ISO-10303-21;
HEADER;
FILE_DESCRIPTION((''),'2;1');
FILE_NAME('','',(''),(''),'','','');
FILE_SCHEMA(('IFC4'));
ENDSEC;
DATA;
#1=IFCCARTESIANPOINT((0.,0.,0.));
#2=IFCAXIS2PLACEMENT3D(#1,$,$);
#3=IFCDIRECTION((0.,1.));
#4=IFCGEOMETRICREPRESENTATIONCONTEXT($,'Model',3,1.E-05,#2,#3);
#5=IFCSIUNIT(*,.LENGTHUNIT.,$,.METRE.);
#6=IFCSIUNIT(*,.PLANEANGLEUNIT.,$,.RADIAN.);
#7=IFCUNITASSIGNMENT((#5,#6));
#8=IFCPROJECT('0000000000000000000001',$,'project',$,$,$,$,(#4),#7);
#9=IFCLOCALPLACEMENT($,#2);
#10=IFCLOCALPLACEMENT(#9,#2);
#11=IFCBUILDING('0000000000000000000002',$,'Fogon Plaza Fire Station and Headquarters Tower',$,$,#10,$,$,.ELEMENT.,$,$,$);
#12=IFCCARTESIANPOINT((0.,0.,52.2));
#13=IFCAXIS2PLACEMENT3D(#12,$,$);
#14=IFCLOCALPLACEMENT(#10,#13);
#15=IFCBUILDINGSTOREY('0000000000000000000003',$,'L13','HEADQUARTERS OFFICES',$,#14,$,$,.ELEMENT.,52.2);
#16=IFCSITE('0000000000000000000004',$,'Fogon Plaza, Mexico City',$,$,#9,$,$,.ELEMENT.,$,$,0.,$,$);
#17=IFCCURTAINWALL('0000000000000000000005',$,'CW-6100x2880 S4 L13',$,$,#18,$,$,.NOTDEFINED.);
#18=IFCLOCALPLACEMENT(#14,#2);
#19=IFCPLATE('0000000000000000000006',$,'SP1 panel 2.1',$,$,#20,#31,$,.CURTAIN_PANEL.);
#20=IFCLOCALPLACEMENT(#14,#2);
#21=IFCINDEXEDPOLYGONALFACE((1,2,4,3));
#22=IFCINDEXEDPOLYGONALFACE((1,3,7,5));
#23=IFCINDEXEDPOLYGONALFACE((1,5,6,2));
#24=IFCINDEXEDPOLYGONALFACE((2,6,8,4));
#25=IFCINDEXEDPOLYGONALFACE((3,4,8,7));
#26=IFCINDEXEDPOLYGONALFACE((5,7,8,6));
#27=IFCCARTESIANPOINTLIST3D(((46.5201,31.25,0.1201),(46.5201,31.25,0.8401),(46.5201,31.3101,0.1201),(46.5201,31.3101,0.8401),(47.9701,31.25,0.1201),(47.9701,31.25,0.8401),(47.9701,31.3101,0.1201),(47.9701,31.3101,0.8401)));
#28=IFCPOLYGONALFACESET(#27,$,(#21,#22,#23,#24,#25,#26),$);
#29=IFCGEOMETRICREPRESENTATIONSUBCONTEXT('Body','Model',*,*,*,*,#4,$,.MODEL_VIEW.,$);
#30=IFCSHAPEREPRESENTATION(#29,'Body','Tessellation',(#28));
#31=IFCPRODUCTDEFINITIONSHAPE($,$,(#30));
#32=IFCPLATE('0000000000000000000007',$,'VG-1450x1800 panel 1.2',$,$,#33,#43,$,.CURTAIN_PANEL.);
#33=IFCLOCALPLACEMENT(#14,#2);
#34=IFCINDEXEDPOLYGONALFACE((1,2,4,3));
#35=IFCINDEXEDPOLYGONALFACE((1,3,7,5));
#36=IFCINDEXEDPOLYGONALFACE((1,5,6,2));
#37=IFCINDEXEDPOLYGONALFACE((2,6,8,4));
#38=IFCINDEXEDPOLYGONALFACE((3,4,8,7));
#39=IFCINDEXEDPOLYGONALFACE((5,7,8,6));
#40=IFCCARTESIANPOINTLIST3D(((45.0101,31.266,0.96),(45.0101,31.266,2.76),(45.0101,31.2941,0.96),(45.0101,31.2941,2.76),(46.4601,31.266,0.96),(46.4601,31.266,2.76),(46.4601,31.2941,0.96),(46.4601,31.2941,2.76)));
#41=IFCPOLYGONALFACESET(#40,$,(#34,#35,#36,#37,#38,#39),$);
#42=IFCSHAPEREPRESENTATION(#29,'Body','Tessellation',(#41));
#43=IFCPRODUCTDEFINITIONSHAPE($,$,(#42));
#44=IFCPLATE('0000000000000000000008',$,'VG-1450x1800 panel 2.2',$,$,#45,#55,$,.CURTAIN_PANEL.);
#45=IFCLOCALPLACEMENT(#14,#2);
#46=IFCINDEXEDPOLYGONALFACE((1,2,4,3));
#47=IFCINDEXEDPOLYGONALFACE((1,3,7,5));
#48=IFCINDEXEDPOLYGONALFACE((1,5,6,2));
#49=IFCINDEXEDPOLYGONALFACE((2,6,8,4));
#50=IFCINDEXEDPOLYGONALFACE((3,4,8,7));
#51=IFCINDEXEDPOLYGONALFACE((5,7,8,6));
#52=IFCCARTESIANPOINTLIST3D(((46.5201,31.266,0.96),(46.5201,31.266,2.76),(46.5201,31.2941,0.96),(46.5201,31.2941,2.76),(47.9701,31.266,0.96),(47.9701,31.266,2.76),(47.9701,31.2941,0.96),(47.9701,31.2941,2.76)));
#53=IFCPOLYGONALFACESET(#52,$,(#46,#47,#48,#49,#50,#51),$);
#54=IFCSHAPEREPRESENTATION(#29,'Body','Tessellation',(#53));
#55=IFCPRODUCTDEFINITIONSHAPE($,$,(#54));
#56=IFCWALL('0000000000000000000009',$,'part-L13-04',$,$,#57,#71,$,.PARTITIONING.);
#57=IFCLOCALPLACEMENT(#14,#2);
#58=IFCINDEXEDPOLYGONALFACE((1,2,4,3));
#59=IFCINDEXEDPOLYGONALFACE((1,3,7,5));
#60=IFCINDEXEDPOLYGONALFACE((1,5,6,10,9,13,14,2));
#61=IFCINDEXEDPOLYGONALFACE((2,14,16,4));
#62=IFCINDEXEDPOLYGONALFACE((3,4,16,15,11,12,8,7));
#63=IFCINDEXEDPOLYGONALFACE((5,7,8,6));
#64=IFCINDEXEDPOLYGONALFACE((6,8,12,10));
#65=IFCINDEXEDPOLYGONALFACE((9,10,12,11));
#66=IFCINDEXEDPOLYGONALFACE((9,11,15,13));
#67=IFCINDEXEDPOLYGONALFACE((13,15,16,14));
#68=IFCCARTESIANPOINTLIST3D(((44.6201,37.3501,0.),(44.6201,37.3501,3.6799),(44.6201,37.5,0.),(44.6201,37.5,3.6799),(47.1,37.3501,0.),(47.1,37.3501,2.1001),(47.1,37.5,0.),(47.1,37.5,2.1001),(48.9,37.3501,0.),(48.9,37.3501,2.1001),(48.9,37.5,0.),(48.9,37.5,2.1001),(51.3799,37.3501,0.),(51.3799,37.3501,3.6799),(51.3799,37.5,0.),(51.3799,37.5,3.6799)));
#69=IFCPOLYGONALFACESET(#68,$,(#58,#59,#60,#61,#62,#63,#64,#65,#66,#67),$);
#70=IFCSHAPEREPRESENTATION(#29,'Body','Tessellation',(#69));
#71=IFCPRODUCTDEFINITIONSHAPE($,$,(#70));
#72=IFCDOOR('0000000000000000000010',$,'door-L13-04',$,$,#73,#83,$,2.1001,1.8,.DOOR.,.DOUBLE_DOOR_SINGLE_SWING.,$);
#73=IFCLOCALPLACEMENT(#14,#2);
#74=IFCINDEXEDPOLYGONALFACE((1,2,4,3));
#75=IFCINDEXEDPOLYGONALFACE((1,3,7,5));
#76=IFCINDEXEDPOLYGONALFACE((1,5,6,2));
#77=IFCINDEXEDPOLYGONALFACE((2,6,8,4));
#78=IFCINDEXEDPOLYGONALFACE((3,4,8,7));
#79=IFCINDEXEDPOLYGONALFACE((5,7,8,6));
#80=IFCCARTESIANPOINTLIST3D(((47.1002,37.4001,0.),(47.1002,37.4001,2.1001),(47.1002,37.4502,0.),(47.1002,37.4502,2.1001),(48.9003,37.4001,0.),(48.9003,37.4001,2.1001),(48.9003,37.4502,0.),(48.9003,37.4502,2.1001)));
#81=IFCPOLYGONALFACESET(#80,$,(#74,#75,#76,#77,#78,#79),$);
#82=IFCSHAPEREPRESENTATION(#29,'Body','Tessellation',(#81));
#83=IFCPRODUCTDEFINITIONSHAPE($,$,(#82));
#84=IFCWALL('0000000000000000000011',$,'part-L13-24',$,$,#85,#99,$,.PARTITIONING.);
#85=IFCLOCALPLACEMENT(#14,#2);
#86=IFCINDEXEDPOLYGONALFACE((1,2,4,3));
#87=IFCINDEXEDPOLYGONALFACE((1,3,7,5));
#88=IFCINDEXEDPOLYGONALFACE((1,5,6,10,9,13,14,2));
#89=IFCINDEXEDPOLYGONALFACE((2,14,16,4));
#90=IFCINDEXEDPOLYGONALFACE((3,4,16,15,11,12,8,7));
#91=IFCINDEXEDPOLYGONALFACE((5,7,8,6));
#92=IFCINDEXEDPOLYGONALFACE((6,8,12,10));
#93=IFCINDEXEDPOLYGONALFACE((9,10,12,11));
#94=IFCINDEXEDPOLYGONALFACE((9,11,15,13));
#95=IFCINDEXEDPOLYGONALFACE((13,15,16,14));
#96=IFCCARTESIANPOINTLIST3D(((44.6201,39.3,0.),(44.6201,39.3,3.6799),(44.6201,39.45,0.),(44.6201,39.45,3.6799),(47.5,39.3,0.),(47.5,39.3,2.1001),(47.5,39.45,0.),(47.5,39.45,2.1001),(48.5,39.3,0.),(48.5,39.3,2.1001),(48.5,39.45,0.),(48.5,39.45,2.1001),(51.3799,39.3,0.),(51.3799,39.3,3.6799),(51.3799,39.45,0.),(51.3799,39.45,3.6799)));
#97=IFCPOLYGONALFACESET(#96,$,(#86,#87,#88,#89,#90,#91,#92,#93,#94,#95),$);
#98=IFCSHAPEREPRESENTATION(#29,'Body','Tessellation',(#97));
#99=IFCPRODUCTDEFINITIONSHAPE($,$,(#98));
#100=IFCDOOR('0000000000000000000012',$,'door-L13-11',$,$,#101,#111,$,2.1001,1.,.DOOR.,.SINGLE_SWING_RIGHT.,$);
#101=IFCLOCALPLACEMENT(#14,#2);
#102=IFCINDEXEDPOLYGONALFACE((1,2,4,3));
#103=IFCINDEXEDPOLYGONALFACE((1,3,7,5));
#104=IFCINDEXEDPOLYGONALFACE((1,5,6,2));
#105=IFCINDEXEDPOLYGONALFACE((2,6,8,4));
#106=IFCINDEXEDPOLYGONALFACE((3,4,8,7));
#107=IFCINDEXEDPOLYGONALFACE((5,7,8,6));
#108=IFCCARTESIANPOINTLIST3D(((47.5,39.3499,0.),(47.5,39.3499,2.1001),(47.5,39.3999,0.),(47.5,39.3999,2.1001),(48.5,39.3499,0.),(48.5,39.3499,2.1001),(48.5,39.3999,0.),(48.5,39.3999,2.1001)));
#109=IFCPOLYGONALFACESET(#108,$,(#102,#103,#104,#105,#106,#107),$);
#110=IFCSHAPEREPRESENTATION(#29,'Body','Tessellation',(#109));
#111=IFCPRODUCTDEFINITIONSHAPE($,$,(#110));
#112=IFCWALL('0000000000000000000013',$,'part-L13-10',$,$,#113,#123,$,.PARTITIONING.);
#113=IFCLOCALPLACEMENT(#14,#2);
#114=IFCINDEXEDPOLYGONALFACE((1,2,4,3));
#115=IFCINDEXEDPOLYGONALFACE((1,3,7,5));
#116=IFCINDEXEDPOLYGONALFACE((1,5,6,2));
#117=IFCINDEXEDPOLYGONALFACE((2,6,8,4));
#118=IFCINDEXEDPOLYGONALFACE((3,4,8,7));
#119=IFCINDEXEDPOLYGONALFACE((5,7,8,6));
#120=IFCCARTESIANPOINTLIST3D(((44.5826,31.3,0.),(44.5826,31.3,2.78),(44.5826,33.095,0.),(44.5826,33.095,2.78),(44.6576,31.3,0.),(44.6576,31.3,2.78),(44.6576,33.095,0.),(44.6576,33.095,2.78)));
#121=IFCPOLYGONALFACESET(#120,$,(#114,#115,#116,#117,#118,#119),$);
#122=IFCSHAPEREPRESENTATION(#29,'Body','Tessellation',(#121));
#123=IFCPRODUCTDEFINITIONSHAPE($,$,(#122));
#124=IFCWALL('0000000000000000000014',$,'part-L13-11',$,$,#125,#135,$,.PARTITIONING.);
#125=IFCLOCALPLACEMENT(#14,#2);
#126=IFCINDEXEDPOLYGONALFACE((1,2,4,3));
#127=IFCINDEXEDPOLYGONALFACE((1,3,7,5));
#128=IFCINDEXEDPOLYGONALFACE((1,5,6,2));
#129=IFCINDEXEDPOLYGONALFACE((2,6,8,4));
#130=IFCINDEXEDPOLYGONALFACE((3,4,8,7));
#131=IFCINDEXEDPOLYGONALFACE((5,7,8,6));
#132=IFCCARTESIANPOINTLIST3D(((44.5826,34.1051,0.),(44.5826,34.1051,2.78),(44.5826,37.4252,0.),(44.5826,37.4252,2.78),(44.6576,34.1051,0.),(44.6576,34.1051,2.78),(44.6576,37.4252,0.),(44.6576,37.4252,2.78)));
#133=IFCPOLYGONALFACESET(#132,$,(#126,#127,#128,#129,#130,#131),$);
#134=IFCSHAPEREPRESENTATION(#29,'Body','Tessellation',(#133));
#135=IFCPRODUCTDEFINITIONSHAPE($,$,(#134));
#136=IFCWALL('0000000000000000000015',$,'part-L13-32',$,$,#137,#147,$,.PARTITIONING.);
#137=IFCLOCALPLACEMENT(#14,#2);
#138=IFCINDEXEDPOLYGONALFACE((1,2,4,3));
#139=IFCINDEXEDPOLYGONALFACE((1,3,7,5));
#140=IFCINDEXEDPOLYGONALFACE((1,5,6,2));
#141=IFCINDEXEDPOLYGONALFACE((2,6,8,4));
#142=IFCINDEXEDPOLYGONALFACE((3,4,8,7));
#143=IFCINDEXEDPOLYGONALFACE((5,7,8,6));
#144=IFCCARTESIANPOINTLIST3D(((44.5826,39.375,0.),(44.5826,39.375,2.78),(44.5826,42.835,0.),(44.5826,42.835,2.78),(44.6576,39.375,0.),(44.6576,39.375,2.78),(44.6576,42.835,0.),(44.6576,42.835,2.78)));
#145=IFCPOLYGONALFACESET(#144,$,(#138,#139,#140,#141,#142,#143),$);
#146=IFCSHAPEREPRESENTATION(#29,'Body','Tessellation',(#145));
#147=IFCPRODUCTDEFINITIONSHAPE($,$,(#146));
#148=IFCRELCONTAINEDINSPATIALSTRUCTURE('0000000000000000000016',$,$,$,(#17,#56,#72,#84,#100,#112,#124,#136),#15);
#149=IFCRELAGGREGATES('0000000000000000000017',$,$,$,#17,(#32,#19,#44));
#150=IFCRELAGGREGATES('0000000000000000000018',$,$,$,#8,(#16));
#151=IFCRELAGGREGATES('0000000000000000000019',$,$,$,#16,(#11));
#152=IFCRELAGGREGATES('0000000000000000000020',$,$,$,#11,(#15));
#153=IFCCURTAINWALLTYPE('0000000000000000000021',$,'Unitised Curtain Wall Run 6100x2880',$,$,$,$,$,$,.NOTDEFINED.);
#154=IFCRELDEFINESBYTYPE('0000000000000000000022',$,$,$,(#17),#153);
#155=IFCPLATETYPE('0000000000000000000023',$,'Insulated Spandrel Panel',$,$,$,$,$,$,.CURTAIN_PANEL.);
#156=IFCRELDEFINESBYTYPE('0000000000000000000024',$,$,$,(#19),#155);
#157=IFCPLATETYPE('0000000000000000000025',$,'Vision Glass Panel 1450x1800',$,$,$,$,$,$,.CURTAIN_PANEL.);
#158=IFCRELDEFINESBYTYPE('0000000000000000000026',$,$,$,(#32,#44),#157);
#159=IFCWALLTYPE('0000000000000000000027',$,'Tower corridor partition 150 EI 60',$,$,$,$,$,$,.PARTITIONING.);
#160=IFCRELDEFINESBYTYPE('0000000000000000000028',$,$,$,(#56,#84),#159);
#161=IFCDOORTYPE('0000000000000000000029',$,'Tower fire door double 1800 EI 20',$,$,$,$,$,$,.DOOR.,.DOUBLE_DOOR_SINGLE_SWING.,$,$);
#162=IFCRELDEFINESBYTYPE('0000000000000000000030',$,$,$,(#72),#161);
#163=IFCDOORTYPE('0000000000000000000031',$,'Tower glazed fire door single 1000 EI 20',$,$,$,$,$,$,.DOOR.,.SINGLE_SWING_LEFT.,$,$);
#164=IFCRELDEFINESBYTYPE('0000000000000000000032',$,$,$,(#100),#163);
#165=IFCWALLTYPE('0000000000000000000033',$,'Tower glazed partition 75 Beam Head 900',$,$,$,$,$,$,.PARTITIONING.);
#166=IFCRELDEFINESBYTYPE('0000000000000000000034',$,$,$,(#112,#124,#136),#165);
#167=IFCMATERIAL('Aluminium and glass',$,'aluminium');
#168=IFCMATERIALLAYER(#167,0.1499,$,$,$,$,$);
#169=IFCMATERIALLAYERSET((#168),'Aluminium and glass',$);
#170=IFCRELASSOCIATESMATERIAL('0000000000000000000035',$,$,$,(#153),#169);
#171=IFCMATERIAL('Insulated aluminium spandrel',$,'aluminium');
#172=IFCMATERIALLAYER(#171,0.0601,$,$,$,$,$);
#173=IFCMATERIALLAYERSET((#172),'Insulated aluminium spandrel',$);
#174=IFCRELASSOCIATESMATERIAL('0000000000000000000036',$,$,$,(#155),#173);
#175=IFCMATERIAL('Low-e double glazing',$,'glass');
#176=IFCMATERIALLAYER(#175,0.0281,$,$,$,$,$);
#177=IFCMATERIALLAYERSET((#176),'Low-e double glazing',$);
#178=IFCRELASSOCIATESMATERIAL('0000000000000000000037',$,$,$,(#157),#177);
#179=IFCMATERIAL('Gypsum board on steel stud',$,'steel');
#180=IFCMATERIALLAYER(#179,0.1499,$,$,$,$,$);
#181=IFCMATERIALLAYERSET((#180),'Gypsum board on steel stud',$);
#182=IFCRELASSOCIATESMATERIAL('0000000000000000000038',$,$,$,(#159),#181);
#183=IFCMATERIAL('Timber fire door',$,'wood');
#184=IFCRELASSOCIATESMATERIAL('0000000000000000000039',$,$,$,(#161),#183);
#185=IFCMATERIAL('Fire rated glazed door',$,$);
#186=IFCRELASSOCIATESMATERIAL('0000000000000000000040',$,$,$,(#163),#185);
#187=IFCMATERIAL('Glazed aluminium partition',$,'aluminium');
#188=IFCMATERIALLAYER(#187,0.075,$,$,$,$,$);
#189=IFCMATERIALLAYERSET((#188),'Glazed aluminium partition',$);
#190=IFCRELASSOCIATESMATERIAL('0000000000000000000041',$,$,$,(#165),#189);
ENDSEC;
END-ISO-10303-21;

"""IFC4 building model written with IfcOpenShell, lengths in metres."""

from ifc_helpers import new_model, si_unit, direction, frame, frame_2d, origin, origin_2d, place, context, subcontext, project, spatial, rectangle, extrude, material, layer, layer_set, type_object, element, fill, aggregate, save


model = new_model("IFC4")

# Units and contexts
model_context = context("Model", 3, precision=1e-05, world=origin(), true_north=direction((0.0, 1.0)))
body_context = subcontext(model_context, "Body", "Model", "MODEL_VIEW")
ifc_project = project(units=[si_unit("LENGTHUNIT", "METRE"), si_unit("PLANEANGLEUNIT", "RADIAN")], contexts=[model_context])

# Site, building, storey
site_placement = place(None, origin())
site = spatial("IfcSite", under=ifc_project, at=site_placement, Name="Fogon Plaza, Mexico City", CompositionType="ELEMENT", RefElevation=0.0)
building_placement = place(site_placement, origin())
building = spatial("IfcBuilding", under=site, at=building_placement, Name="Fogon Plaza Fire Station and Headquarters Tower", CompositionType="ELEMENT")
storey_placement = place(building_placement, frame((0.0, 0.0, 52.2)))
storey = spatial("IfcBuildingStorey", under=building, at=storey_placement, Name="L13", Description="HEADQUARTERS OFFICES", CompositionType="ELEMENT", Elevation=52.2)

# Curtain wall
ifc_material_1 = material(Name="Aluminium and glass", Category="aluminium")
ifc_layer_1 = layer(ifc_material_1, 0.1499)
ifc_layer_set_1 = layer_set([ifc_layer_1], Name="Aluminium and glass")
curtain_wall_type = type_object("IfcCurtainWallType", Name="Unitised Curtain Wall Run 6100x2880", PredefinedType="NOTDEFINED", material=ifc_layer_set_1)
curtain_wall_placement = place(storey_placement, origin())
curtain_wall = element("IfcCurtainWall", 1, at=curtain_wall_placement, inside=storey, type_object=curtain_wall_type, Name="CW-6100x2880 S4 L13", PredefinedType="NOTDEFINED")

# Plates
ifc_material_2 = material(Name="Insulated aluminium spandrel", Category="aluminium")
ifc_layer_2 = layer(ifc_material_2, 0.0601)
ifc_layer_set_2 = layer_set([ifc_layer_2], Name="Insulated aluminium spandrel")
plate_type_1 = type_object("IfcPlateType", Name="Insulated Spandrel Panel", PredefinedType="CURTAIN_PANEL", material=ifc_layer_set_2)
plate_1_placement = place(storey_placement, frame((47.2451, 31.28, 0.1201), z_axis=(0.0, 0.0, 1.0), x_axis=(1.0, 0.0, 0.0)))
plate_1 = element("IfcPlate", 2, at=plate_1_placement, type_object=plate_type_1, Name="SP1 panel 2.1", PredefinedType="CURTAIN_PANEL", context=body_context, shape_type="SweptSolid", body=[
    extrude(rectangle(XDim=1.45, YDim=0.0601, at=origin_2d()), origin(), (0.0, 0.0, 1.0), 0.72),
])
ifc_material_3 = material(Name="Low-e double glazing", Category="glass")
ifc_layer_3 = layer(ifc_material_3, 0.0281)
ifc_layer_set_3 = layer_set([ifc_layer_3], Name="Low-e double glazing")
plate_type_2 = type_object("IfcPlateType", Name="Vision Glass Panel 1450x1800", PredefinedType="CURTAIN_PANEL", material=ifc_layer_set_3)
plate_2_placement = place(storey_placement, frame((45.7351, 31.28, 0.96), z_axis=(0.0, 0.0, 1.0), x_axis=(1.0, 0.0, 0.0)))
plate_2 = element("IfcPlate", 3, at=plate_2_placement, type_object=plate_type_2, Name="VG-1450x1800 panel 1.2", PredefinedType="CURTAIN_PANEL", context=body_context, shape_type="SweptSolid", body=[
    extrude(rectangle(XDim=1.45, YDim=0.0281, at=origin_2d()), origin(), (0.0, 0.0, 1.0), 1.8),
])
plate_3_placement = place(storey_placement, frame((47.2451, 31.28, 0.96), z_axis=(0.0, 0.0, 1.0), x_axis=(1.0, 0.0, 0.0)))
plate_3 = element("IfcPlate", 4, at=plate_3_placement, type_object=plate_type_2, Name="VG-1450x1800 panel 2.2", PredefinedType="CURTAIN_PANEL", context=body_context, shape_type="SweptSolid", body=[
    extrude(rectangle(XDim=1.45, YDim=0.0281, at=origin_2d()), origin(), (0.0, 0.0, 1.0), 1.8),
])
aggregate(curtain_wall, [plate_2, plate_1, plate_3])

# Walls, openings, doors
ifc_material_4 = material(Name="Gypsum board on steel stud", Category="steel")
ifc_layer_4 = layer(ifc_material_4, 0.1499)
ifc_layer_set_4 = layer_set([ifc_layer_4], Name="Gypsum board on steel stud")
wall_type_1 = type_object("IfcWallType", Name="Tower corridor partition 150 EI 60", PredefinedType="PARTITIONING", material=ifc_layer_set_4)
wall_1_placement = place(storey_placement, frame((44.6201, 37.425, 0.0), z_axis=(0.0, 0.0, 1.0), x_axis=(1.0, 0.0, 0.0)))
wall_1 = element("IfcWall", 5, at=wall_1_placement, inside=storey, type_object=wall_type_1, Name="part-L13-04", PredefinedType="PARTITIONING", context=body_context, shape_type="SweptSolid", body=[
    extrude(rectangle(XDim=6.7598, YDim=0.1499, at=frame_2d((3.3799, 0.0))), origin(), (0.0, 0.0, 1.0), 3.6799),
])
opening_1_placement = place(wall_1_placement, frame((2.48, 0.0, 0.0)))
opening_1 = element("IfcOpeningElement", 6, at=opening_1_placement, cuts=wall_1, PredefinedType="OPENING", context=body_context, shape_type="SweptSolid", body=[
    extrude(rectangle(XDim=1.8, YDim=2.1001, at=frame_2d((0.8999, 1.05))), frame((0.0, 0.085, 0.0), z_axis=(0.0, -1.0, 0.0), x_axis=(1.0, 0.0, 0.0)), (0.0, 0.0, 1.0), 0.1699),
])
ifc_material_5 = material(Name="Timber fire door", Category="wood")
door_type_1 = type_object("IfcDoorType", Name="Tower fire door double 1800 EI 20", OperationType="DOUBLE_DOOR_SINGLE_SWING", PredefinedType="DOOR", material=ifc_material_5)
door_1_placement = place(opening_1_placement, frame((1.8, 0.0, 0.0), z_axis=(0.0, 0.0, 1.0), x_axis=(-1.0, 0.0, 0.0)))
door_1 = element("IfcDoor", 7, at=door_1_placement, inside=storey, type_object=door_type_1, Name="door-L13-04", OperationType="DOUBLE_DOOR_SINGLE_SWING", OverallHeight=2.1001, OverallWidth=1.8, PredefinedType="DOOR", context=body_context, shape_type="SweptSolid", body=[
    extrude(rectangle(XDim=1.8, YDim=2.1001, at=frame_2d((0.8999, 1.05))), frame((0.0, 0.0249, 0.0), z_axis=(0.0, -1.0, 0.0), x_axis=(1.0, 0.0, 0.0)), (0.0, 0.0, 1.0), 0.05),
])
fill(opening_1, door_1)
wall_2_placement = place(storey_placement, frame((44.6201, 39.375, 0.0), z_axis=(0.0, 0.0, 1.0), x_axis=(1.0, 0.0, 0.0)))
wall_2 = element("IfcWall", 8, at=wall_2_placement, inside=storey, type_object=wall_type_1, Name="part-L13-24", PredefinedType="PARTITIONING", context=body_context, shape_type="SweptSolid", body=[
    extrude(rectangle(XDim=6.7598, YDim=0.1499, at=frame_2d((3.3799, 0.0))), origin(), (0.0, 0.0, 1.0), 3.6799),
])
opening_2_placement = place(wall_2_placement, frame((2.8799, 0.0, 0.0)))
opening_2 = element("IfcOpeningElement", 9, at=opening_2_placement, cuts=wall_2, PredefinedType="OPENING", context=body_context, shape_type="SweptSolid", body=[
    extrude(rectangle(XDim=1.0, YDim=2.1001, at=frame_2d((0.5, 1.05))), frame((0.0, 0.085, 0.0), z_axis=(0.0, -1.0, 0.0), x_axis=(1.0, 0.0, 0.0)), (0.0, 0.0, 1.0), 0.1699),
])
ifc_material_6 = material(Name="Fire rated glazed door")
door_type_2 = type_object("IfcDoorType", Name="Tower glazed fire door single 1000 EI 20", OperationType="SINGLE_SWING_LEFT", PredefinedType="DOOR", material=ifc_material_6)
door_2_placement = place(opening_2_placement, origin())
door_2 = element("IfcDoor", 10, at=door_2_placement, inside=storey, type_object=door_type_2, Name="door-L13-11", OperationType="SINGLE_SWING_RIGHT", OverallHeight=2.1001, OverallWidth=1.0, PredefinedType="DOOR", context=body_context, shape_type="SweptSolid", body=[
    extrude(rectangle(XDim=1.0, YDim=2.1001, at=frame_2d((0.5, 1.05))), frame((0.0, 0.0249, 0.0), z_axis=(0.0, -1.0, 0.0), x_axis=(1.0, 0.0, 0.0)), (0.0, 0.0, 1.0), 0.05),
])
fill(opening_2, door_2)

# Walls
ifc_material_7 = material(Name="Glazed aluminium partition", Category="aluminium")
ifc_layer_5 = layer(ifc_material_7, 0.075)
ifc_layer_set_5 = layer_set([ifc_layer_5], Name="Glazed aluminium partition")
wall_type_2 = type_object("IfcWallType", Name="Tower glazed partition 75 Beam Head 900", PredefinedType="PARTITIONING", material=ifc_layer_set_5)
wall_3_placement = place(storey_placement, frame((44.6201, 31.3, 0.0), z_axis=(0.0, 0.0, 1.0), x_axis=(0.0, 1.0, 0.0)))
element("IfcWall", 11, at=wall_3_placement, inside=storey, type_object=wall_type_2, Name="part-L13-10", PredefinedType="PARTITIONING", context=body_context, shape_type="SweptSolid", body=[
    extrude(rectangle(XDim=1.7949, YDim=0.075, at=frame_2d((0.8975, 0.0))), origin(), (0.0, 0.0, 1.0), 2.78),
])
wall_4_placement = place(storey_placement, frame((44.6201, 34.105, 0.0), z_axis=(0.0, 0.0, 1.0), x_axis=(0.0, 1.0, 0.0)))
element("IfcWall", 12, at=wall_4_placement, inside=storey, type_object=wall_type_2, Name="part-L13-11", PredefinedType="PARTITIONING", context=body_context, shape_type="SweptSolid", body=[
    extrude(rectangle(XDim=3.3201, YDim=0.075, at=frame_2d((1.6602, 0.0))), origin(), (0.0, 0.0, 1.0), 2.78),
])
wall_5_placement = place(storey_placement, frame((44.6201, 39.375, 0.0), z_axis=(0.0, 0.0, 1.0), x_axis=(0.0, 1.0, 0.0)))
element("IfcWall", 13, at=wall_5_placement, inside=storey, type_object=wall_type_2, Name="part-L13-32", PredefinedType="PARTITIONING", context=body_context, shape_type="SweptSolid", body=[
    extrude(rectangle(XDim=3.46, YDim=0.075, at=frame_2d((1.73, 0.0))), origin(), (0.0, 0.0, 1.0), 2.78),
])

save(model, "model.ifc")
